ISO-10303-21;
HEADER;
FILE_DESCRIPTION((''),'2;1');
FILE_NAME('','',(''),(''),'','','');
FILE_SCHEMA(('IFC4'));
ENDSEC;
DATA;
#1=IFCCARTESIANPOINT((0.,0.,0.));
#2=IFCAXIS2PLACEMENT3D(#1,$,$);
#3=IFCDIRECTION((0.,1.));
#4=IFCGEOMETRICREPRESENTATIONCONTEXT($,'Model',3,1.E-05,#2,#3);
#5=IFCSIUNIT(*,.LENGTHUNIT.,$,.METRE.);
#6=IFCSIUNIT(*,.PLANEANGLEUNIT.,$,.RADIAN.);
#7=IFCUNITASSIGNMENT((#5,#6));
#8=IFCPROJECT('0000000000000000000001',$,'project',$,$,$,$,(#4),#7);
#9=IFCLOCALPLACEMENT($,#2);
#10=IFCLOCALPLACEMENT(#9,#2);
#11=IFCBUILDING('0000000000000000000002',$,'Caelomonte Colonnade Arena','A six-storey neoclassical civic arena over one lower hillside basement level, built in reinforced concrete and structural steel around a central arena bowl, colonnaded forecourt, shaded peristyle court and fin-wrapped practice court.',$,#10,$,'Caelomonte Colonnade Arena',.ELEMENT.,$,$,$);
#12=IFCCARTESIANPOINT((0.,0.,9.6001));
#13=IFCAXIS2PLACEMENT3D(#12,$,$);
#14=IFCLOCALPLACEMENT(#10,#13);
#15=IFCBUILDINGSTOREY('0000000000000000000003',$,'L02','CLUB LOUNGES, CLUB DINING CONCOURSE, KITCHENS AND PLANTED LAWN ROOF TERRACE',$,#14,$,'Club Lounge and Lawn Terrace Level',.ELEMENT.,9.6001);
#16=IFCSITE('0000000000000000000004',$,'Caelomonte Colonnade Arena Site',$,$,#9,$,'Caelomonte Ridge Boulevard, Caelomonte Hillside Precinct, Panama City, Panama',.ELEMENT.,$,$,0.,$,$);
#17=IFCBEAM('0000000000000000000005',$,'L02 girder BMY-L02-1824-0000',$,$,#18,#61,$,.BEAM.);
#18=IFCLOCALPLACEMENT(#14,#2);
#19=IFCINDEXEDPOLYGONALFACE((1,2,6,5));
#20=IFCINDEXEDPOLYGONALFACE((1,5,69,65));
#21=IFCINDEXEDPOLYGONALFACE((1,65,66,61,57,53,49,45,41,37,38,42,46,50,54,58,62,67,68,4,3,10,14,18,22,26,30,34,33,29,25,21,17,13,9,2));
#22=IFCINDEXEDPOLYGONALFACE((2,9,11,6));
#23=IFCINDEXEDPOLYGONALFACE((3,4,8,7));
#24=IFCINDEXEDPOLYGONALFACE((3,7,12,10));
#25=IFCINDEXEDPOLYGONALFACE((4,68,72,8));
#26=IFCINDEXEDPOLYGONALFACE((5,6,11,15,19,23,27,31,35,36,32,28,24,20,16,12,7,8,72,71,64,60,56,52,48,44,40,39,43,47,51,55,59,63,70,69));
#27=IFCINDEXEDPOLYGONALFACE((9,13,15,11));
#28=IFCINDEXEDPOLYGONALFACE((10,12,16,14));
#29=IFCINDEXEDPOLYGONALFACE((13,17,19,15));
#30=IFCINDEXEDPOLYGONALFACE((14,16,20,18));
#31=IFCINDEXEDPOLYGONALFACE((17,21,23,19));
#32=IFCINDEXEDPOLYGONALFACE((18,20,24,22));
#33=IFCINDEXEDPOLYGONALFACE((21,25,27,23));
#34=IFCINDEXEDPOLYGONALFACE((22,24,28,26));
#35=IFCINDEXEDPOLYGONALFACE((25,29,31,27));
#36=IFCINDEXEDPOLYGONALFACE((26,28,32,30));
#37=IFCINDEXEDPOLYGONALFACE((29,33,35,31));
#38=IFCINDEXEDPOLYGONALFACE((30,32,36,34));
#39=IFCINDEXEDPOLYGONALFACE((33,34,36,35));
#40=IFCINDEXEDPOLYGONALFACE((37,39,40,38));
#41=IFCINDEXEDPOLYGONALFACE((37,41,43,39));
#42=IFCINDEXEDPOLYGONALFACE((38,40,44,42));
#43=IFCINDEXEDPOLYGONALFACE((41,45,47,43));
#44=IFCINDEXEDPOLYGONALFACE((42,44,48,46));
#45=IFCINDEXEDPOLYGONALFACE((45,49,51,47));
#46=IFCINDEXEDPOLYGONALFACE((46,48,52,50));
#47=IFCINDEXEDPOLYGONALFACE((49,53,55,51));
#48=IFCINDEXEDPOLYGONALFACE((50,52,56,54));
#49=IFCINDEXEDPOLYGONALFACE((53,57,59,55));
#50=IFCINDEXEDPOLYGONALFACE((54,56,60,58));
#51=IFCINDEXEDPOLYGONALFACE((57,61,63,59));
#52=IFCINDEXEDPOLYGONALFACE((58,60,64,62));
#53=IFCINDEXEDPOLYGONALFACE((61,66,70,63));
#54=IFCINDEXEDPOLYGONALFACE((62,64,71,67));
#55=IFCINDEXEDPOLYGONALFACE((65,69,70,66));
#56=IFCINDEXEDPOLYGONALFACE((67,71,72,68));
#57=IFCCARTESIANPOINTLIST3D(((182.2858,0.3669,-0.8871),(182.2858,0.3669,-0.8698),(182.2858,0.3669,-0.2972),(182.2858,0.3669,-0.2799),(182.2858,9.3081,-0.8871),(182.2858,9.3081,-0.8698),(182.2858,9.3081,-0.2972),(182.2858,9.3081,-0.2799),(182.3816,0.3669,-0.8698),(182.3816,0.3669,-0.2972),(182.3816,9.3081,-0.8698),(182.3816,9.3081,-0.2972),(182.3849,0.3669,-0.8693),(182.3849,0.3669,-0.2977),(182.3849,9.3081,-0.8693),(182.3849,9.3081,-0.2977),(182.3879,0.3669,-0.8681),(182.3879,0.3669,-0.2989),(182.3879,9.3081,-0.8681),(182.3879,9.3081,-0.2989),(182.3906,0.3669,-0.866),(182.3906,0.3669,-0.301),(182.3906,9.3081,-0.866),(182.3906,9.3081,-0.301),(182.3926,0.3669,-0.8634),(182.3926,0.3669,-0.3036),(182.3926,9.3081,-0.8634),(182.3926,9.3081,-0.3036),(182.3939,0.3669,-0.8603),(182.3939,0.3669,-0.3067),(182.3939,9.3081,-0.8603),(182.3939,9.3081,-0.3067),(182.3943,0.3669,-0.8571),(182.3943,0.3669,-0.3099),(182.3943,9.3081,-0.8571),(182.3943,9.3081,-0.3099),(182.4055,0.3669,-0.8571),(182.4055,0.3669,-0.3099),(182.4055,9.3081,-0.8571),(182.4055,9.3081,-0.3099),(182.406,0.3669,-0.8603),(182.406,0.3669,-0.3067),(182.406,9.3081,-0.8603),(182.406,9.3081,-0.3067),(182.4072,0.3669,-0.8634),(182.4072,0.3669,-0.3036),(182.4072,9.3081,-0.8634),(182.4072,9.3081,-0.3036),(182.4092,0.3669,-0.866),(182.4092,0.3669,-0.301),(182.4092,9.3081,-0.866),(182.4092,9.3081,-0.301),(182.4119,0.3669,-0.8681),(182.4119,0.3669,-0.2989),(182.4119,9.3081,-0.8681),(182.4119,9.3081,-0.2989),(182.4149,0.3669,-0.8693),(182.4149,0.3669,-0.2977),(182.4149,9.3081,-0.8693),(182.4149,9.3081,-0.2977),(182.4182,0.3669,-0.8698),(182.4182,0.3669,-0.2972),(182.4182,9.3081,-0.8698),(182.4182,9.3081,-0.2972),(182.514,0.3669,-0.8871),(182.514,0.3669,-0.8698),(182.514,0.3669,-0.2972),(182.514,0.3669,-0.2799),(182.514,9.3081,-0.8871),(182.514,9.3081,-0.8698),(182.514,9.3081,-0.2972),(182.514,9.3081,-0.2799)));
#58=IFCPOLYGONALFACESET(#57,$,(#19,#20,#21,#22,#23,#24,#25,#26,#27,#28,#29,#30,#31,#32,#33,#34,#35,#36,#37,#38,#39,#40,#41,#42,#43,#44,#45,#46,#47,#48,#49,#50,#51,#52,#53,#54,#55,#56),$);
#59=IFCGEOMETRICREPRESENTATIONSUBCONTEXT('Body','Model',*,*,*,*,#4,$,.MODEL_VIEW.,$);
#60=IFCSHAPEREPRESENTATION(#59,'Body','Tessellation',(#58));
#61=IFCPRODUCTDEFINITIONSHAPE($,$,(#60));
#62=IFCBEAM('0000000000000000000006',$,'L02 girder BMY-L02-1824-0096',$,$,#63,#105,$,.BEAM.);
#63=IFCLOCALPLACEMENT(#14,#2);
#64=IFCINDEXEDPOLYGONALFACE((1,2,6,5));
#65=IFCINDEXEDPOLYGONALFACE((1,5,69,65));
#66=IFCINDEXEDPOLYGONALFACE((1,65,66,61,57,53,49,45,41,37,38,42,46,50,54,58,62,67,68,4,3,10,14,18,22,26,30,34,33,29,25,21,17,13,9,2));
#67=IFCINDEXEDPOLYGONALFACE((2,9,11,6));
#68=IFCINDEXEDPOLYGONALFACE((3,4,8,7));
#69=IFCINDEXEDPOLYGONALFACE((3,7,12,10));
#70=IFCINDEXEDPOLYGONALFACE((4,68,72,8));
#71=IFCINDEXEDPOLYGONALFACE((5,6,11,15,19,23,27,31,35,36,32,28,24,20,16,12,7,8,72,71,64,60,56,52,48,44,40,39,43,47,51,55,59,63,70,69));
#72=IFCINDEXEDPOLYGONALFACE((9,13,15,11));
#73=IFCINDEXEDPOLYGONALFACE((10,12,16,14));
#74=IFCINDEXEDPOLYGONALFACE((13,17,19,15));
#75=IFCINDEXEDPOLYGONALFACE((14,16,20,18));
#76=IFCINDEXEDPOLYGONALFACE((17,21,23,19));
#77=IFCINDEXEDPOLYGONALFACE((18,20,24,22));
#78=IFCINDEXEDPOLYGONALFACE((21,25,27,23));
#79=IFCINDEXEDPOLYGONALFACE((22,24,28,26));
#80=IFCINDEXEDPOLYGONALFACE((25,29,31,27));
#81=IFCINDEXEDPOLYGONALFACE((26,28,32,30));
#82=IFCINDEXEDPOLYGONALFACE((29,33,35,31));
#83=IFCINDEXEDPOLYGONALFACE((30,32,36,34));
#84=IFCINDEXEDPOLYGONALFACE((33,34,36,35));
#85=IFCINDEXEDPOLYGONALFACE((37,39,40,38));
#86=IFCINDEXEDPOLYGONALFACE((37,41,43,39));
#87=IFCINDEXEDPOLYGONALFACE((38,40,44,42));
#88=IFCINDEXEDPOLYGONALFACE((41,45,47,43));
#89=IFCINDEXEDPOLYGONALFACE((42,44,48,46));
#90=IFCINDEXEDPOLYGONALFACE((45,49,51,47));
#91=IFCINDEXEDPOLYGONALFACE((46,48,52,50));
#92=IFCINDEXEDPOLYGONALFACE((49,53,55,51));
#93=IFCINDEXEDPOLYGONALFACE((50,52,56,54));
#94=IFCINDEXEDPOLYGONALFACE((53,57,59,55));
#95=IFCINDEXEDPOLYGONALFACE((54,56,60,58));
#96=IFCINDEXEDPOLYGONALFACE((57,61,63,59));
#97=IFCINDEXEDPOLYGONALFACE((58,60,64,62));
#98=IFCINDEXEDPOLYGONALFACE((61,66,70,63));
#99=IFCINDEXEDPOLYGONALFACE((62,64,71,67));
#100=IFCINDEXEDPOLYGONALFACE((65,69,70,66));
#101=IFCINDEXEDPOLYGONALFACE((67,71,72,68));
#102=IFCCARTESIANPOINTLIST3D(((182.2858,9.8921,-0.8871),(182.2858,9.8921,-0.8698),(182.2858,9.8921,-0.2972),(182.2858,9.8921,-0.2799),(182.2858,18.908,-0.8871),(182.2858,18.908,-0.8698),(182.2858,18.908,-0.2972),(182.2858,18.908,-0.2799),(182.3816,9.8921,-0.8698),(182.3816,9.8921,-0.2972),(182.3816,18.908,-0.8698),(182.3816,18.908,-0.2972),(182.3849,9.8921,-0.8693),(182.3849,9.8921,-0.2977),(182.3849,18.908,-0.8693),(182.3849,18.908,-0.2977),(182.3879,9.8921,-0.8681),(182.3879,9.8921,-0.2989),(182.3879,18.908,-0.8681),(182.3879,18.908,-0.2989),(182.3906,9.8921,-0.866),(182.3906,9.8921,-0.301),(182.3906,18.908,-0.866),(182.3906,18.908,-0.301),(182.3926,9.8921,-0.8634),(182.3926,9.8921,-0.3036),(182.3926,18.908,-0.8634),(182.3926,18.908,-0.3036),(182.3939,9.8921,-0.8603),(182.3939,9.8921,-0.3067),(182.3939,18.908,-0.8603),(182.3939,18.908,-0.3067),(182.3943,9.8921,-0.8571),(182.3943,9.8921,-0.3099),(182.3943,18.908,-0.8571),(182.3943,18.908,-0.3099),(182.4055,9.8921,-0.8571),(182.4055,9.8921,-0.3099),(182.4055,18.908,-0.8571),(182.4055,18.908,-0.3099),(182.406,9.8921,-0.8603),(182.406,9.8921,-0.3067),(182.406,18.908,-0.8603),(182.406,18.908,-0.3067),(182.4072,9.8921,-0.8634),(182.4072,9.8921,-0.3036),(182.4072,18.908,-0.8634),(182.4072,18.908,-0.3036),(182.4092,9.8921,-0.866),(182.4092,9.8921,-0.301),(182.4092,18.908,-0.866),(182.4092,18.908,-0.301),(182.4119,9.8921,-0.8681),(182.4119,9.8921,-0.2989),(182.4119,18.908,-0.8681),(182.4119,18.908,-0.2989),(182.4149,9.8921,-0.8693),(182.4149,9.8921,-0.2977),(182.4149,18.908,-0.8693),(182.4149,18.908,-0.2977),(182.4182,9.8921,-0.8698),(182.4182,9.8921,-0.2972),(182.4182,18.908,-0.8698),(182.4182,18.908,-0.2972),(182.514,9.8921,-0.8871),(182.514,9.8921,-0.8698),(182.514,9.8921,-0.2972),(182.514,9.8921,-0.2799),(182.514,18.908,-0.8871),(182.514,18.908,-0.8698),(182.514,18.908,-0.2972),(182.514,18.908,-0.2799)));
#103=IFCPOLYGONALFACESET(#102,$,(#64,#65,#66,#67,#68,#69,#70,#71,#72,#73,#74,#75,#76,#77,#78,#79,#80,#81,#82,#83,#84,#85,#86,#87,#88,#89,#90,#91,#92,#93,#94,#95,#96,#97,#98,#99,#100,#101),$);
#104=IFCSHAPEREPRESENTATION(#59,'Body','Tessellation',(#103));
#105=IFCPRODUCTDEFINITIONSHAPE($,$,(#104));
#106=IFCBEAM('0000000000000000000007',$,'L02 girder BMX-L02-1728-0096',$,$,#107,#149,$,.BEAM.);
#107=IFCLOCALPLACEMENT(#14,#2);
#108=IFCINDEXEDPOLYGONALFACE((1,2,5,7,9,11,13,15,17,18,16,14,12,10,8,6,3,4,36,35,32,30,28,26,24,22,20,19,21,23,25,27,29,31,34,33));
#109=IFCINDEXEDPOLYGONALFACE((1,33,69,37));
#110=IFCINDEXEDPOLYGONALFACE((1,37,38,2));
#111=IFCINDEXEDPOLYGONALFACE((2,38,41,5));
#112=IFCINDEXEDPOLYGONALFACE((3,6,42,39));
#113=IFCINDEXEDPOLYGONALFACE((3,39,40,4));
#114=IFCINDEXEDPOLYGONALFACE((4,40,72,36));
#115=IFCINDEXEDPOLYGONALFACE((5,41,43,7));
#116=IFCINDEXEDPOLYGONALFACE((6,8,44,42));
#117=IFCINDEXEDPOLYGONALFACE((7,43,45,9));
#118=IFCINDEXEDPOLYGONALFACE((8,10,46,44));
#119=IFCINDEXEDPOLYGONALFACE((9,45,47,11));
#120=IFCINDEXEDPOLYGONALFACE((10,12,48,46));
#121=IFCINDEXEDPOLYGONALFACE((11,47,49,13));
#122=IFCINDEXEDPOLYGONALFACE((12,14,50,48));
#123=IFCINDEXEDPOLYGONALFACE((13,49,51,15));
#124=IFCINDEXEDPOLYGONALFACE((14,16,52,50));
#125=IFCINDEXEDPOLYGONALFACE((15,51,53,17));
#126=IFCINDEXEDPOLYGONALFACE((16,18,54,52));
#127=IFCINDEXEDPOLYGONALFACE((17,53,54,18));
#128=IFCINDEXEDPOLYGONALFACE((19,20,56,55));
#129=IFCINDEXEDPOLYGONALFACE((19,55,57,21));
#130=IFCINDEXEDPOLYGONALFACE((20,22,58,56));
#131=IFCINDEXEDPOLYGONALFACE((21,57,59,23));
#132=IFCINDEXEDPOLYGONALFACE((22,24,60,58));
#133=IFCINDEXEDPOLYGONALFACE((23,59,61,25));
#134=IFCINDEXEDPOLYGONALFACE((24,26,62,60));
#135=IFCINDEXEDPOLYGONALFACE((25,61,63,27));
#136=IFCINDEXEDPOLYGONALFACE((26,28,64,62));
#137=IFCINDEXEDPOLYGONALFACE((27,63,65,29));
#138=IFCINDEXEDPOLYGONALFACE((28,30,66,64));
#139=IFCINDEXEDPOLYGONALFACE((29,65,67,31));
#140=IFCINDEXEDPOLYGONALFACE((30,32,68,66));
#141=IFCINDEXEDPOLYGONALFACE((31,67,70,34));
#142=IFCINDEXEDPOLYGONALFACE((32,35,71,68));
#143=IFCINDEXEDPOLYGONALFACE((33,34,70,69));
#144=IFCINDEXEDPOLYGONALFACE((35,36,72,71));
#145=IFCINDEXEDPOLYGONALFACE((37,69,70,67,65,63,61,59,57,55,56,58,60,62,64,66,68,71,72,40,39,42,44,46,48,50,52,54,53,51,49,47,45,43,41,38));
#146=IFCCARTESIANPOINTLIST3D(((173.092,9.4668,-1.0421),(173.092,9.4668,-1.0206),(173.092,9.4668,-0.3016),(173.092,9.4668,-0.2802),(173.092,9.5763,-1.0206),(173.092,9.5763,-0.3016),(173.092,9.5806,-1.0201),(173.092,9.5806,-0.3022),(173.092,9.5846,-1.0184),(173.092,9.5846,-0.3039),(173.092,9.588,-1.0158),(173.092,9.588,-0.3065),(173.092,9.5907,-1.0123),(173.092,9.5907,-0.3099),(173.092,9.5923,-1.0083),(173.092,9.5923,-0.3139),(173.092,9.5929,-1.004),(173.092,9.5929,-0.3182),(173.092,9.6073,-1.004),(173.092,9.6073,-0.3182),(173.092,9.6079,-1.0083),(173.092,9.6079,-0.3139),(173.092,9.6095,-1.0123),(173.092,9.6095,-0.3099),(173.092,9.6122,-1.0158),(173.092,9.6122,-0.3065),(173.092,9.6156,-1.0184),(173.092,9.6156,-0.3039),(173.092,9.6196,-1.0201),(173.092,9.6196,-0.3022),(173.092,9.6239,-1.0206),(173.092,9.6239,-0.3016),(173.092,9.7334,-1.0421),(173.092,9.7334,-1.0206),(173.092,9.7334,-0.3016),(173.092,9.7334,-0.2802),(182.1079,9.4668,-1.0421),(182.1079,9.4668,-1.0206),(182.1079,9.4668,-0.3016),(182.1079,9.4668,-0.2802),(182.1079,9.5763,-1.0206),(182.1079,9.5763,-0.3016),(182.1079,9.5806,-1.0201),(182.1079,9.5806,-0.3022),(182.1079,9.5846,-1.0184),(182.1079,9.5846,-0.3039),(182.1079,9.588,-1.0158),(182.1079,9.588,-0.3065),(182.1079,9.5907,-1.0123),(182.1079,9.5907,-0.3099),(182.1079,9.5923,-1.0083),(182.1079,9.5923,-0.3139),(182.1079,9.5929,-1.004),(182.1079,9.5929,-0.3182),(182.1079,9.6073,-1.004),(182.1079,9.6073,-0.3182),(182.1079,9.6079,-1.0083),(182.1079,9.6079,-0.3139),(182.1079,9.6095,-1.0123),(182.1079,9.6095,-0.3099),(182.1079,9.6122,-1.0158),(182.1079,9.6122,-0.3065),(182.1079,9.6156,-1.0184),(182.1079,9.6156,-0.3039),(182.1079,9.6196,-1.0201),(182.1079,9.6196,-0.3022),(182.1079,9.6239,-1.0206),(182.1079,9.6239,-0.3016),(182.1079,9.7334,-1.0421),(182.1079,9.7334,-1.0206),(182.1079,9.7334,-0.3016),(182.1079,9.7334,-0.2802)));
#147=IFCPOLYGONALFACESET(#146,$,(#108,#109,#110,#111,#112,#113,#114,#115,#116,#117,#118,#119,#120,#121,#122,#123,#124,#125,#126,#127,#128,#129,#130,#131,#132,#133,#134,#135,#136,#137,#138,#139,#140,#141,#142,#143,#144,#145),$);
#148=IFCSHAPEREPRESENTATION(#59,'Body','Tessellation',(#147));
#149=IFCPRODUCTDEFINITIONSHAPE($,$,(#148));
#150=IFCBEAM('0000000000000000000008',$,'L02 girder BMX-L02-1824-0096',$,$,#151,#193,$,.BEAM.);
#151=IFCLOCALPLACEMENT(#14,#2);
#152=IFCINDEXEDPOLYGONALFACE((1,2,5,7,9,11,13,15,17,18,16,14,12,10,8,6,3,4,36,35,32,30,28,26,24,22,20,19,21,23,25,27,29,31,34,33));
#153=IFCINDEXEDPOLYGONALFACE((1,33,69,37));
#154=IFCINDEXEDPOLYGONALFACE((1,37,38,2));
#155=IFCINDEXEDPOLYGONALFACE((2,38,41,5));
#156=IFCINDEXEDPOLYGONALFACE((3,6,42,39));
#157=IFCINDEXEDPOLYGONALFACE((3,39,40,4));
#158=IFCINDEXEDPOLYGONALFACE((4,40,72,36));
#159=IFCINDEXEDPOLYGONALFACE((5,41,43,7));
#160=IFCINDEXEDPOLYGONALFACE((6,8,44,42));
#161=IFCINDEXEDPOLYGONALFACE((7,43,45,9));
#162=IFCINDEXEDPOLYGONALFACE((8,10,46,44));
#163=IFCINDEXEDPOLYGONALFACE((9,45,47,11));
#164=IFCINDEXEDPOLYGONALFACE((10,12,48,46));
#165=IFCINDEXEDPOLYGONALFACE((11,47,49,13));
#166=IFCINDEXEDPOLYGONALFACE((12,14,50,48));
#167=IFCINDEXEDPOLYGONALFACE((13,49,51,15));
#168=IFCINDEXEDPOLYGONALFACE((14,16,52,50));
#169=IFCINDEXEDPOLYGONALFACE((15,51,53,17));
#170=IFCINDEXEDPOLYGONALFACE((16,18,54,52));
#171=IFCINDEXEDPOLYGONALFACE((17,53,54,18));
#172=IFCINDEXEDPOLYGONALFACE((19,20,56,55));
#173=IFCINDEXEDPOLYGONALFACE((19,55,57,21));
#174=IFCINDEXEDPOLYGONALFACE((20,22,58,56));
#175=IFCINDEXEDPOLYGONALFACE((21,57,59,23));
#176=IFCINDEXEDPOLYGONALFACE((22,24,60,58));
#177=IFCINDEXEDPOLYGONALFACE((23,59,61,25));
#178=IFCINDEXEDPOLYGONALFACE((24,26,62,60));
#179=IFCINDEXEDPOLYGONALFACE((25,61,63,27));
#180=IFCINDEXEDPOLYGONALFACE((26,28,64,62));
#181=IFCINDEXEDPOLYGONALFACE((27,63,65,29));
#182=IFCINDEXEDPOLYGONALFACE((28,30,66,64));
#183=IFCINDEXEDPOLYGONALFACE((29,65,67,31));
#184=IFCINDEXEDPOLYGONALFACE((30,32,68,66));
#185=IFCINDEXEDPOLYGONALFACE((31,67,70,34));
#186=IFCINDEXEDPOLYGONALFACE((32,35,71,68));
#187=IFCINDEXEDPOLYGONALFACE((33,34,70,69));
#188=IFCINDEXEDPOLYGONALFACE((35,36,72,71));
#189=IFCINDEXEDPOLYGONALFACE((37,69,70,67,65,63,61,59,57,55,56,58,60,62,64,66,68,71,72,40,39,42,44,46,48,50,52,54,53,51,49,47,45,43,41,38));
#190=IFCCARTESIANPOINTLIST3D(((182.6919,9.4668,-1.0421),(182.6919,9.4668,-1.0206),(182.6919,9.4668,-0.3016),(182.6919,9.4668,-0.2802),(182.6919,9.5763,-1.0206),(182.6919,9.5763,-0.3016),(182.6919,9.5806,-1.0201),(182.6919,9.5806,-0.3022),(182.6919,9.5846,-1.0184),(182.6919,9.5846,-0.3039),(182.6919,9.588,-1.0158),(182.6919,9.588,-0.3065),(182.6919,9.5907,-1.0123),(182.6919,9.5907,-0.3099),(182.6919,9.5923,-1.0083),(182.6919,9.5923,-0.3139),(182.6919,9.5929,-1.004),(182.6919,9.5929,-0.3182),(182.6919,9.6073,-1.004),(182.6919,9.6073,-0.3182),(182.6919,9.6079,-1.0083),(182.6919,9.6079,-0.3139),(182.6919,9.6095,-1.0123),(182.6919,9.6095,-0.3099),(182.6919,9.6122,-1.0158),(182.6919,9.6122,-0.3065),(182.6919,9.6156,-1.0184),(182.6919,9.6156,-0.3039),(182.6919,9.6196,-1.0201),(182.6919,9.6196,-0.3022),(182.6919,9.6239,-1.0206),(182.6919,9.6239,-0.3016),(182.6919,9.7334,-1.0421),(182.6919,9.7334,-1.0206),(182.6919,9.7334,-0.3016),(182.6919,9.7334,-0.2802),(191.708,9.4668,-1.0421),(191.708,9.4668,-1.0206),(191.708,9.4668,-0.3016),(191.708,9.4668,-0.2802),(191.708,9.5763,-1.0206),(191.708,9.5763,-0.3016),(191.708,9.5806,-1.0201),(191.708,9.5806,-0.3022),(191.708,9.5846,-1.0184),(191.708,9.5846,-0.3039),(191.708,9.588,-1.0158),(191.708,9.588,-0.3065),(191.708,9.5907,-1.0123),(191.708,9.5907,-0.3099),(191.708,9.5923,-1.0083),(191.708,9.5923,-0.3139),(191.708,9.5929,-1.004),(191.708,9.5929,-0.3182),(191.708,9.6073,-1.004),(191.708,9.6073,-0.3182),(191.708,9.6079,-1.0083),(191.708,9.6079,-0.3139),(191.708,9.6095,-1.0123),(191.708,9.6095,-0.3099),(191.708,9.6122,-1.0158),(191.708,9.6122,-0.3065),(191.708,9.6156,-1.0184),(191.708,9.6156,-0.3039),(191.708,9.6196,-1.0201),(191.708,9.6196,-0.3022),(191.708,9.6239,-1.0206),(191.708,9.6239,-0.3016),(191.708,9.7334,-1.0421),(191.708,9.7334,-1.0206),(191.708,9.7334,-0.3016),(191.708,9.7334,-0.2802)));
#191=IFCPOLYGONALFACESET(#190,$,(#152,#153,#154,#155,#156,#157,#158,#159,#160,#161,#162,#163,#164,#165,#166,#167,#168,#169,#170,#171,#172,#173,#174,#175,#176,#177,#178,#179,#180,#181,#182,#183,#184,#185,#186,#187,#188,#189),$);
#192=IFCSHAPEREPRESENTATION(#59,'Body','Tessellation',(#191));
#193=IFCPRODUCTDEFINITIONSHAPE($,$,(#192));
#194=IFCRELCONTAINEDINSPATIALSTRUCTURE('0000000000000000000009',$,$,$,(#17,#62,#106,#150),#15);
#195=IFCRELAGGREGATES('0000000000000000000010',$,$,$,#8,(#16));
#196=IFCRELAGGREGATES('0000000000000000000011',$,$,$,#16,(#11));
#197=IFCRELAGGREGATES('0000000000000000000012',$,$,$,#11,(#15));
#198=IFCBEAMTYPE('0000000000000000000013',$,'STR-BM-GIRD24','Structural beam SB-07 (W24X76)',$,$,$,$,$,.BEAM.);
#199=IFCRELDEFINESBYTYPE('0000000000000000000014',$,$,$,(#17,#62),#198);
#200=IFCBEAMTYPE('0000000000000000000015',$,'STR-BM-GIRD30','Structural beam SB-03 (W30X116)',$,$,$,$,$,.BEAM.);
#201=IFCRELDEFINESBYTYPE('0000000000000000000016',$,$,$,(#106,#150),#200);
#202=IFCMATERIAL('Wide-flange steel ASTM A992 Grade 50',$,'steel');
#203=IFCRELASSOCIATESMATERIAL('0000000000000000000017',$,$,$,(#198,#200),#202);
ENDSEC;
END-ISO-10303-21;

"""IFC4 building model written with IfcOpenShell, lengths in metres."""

from ifc_helpers import new_model, si_unit, direction, frame, origin, origin_2d, place, context, subcontext, project, spatial, i_section, extrude, material, material_profile, profile_set, type_object, element, save


model = new_model("IFC4")

# Units and contexts
model_context = context("Model", 3, precision=1e-05, world=origin(), true_north=direction((0.0, 1.0)))
body_context = subcontext(model_context, "Body", "Model", "MODEL_VIEW")
ifc_project = project(units=[si_unit("LENGTHUNIT", "METRE"), si_unit("PLANEANGLEUNIT", "RADIAN")], contexts=[model_context])

# Site, building, storey
site_placement = place(None, origin())
site = spatial("IfcSite", under=ifc_project, at=site_placement, Name="Caelomonte Colonnade Arena Site", LongName="Caelomonte Ridge Boulevard, Caelomonte Hillside Precinct, Panama City, Panama", CompositionType="ELEMENT", RefElevation=0.0)
building_placement = place(site_placement, origin())
building = spatial("IfcBuilding", under=site, at=building_placement, Name="Caelomonte Colonnade Arena", Description="A six-storey neoclassical civic arena over one lower hillside basement level, built in reinforced concrete and structural steel around a central arena bowl, colonnaded forecourt, shaded peristyle court and fin-wrapped practice court.", LongName="Caelomonte Colonnade Arena", CompositionType="ELEMENT")
storey_placement = place(building_placement, frame((0.0, 0.0, 9.6001)))
storey = spatial("IfcBuildingStorey", under=building, at=storey_placement, Name="L02", Description="CLUB LOUNGES, CLUB DINING CONCOURSE, KITCHENS AND PLANTED LAWN ROOF TERRACE", LongName="Club Lounge and Lawn Terrace Level", CompositionType="ELEMENT", Elevation=9.6001)

# Beams
ifc_material_1 = material(Name="Wide-flange steel ASTM A992 Grade 50", Category="steel")
ifc_material_profile_1 = material_profile(ifc_material_1, i_section(OverallWidth=0.2283, OverallDepth=0.6072, WebThickness=0.0112, FlangeThickness=0.0173, FilletRadius=0.0127, at=origin_2d()), Name="W24X76")
ifc_profile_set_1 = profile_set([ifc_material_profile_1], Name="Wide-flange steel ASTM A992 Grade 50")
beam_type_1 = type_object("IfcBeamType", Name="STR-BM-GIRD24", Description="Structural beam SB-07 (W24X76)", PredefinedType="BEAM", material=ifc_profile_set_1)
beam_1_placement = place(storey_placement, frame((182.3999, 0.3669, -0.5835), z_axis=(0.0, 1.0, 0.0), x_axis=(-1.0, 0.0, 0.0)))
element("IfcBeam", 1, at=beam_1_placement, inside=storey, type_object=beam_type_1, Name="L02 girder BMY-L02-1824-0000", PredefinedType="BEAM", context=body_context, shape_type="SweptSolid", body=[
    extrude(i_section(OverallWidth=0.2283, OverallDepth=0.6072, WebThickness=0.0112, FlangeThickness=0.0173, FilletRadius=0.0127, at=origin_2d()), origin(), (0.0, 0.0, 1.0), 8.9412),
])
beam_2_placement = place(storey_placement, frame((182.3999, 9.8921, -0.5835), z_axis=(0.0, 1.0, 0.0), x_axis=(-1.0, 0.0, 0.0)))
element("IfcBeam", 2, at=beam_2_placement, inside=storey, type_object=beam_type_1, Name="L02 girder BMY-L02-1824-0096", PredefinedType="BEAM", context=body_context, shape_type="SweptSolid", body=[
    extrude(i_section(OverallWidth=0.2283, OverallDepth=0.6072, WebThickness=0.0112, FlangeThickness=0.0173, FilletRadius=0.0127, at=origin_2d()), origin(), (0.0, 0.0, 1.0), 9.0159),
])
ifc_material_profile_2 = material_profile(ifc_material_1, i_section(OverallWidth=0.2666, OverallDepth=0.762, WebThickness=0.0144, FlangeThickness=0.0215, FilletRadius=0.0166, at=origin_2d()), Name="W30X116")
ifc_profile_set_2 = profile_set([ifc_material_profile_2], Name="Wide-flange steel ASTM A992 Grade 50")
beam_type_2 = type_object("IfcBeamType", Name="STR-BM-GIRD30", Description="Structural beam SB-03 (W30X116)", PredefinedType="BEAM", material=ifc_profile_set_2)
beam_3_placement = place(storey_placement, frame((173.092, 9.6001, -0.6611), z_axis=(1.0, 0.0, 0.0), x_axis=(0.0, 1.0, 0.0)))
element("IfcBeam", 3, at=beam_3_placement, inside=storey, type_object=beam_type_2, Name="L02 girder BMX-L02-1728-0096", PredefinedType="BEAM", context=body_context, shape_type="SweptSolid", body=[
    extrude(i_section(OverallWidth=0.2666, OverallDepth=0.762, WebThickness=0.0144, FlangeThickness=0.0215, FilletRadius=0.0166, at=origin_2d()), origin(), (0.0, 0.0, 1.0), 9.0159),
])
beam_4_placement = place(storey_placement, frame((182.6919, 9.6001, -0.6611), z_axis=(1.0, 0.0, 0.0), x_axis=(0.0, 1.0, 0.0)))
element("IfcBeam", 4, at=beam_4_placement, inside=storey, type_object=beam_type_2, Name="L02 girder BMX-L02-1824-0096", PredefinedType="BEAM", context=body_context, shape_type="SweptSolid", body=[
    extrude(i_section(OverallWidth=0.2666, OverallDepth=0.762, WebThickness=0.0144, FlangeThickness=0.0215, FilletRadius=0.0166, at=origin_2d()), origin(), (0.0, 0.0, 1.0), 9.0161),
])

save(model, "model.ifc")
